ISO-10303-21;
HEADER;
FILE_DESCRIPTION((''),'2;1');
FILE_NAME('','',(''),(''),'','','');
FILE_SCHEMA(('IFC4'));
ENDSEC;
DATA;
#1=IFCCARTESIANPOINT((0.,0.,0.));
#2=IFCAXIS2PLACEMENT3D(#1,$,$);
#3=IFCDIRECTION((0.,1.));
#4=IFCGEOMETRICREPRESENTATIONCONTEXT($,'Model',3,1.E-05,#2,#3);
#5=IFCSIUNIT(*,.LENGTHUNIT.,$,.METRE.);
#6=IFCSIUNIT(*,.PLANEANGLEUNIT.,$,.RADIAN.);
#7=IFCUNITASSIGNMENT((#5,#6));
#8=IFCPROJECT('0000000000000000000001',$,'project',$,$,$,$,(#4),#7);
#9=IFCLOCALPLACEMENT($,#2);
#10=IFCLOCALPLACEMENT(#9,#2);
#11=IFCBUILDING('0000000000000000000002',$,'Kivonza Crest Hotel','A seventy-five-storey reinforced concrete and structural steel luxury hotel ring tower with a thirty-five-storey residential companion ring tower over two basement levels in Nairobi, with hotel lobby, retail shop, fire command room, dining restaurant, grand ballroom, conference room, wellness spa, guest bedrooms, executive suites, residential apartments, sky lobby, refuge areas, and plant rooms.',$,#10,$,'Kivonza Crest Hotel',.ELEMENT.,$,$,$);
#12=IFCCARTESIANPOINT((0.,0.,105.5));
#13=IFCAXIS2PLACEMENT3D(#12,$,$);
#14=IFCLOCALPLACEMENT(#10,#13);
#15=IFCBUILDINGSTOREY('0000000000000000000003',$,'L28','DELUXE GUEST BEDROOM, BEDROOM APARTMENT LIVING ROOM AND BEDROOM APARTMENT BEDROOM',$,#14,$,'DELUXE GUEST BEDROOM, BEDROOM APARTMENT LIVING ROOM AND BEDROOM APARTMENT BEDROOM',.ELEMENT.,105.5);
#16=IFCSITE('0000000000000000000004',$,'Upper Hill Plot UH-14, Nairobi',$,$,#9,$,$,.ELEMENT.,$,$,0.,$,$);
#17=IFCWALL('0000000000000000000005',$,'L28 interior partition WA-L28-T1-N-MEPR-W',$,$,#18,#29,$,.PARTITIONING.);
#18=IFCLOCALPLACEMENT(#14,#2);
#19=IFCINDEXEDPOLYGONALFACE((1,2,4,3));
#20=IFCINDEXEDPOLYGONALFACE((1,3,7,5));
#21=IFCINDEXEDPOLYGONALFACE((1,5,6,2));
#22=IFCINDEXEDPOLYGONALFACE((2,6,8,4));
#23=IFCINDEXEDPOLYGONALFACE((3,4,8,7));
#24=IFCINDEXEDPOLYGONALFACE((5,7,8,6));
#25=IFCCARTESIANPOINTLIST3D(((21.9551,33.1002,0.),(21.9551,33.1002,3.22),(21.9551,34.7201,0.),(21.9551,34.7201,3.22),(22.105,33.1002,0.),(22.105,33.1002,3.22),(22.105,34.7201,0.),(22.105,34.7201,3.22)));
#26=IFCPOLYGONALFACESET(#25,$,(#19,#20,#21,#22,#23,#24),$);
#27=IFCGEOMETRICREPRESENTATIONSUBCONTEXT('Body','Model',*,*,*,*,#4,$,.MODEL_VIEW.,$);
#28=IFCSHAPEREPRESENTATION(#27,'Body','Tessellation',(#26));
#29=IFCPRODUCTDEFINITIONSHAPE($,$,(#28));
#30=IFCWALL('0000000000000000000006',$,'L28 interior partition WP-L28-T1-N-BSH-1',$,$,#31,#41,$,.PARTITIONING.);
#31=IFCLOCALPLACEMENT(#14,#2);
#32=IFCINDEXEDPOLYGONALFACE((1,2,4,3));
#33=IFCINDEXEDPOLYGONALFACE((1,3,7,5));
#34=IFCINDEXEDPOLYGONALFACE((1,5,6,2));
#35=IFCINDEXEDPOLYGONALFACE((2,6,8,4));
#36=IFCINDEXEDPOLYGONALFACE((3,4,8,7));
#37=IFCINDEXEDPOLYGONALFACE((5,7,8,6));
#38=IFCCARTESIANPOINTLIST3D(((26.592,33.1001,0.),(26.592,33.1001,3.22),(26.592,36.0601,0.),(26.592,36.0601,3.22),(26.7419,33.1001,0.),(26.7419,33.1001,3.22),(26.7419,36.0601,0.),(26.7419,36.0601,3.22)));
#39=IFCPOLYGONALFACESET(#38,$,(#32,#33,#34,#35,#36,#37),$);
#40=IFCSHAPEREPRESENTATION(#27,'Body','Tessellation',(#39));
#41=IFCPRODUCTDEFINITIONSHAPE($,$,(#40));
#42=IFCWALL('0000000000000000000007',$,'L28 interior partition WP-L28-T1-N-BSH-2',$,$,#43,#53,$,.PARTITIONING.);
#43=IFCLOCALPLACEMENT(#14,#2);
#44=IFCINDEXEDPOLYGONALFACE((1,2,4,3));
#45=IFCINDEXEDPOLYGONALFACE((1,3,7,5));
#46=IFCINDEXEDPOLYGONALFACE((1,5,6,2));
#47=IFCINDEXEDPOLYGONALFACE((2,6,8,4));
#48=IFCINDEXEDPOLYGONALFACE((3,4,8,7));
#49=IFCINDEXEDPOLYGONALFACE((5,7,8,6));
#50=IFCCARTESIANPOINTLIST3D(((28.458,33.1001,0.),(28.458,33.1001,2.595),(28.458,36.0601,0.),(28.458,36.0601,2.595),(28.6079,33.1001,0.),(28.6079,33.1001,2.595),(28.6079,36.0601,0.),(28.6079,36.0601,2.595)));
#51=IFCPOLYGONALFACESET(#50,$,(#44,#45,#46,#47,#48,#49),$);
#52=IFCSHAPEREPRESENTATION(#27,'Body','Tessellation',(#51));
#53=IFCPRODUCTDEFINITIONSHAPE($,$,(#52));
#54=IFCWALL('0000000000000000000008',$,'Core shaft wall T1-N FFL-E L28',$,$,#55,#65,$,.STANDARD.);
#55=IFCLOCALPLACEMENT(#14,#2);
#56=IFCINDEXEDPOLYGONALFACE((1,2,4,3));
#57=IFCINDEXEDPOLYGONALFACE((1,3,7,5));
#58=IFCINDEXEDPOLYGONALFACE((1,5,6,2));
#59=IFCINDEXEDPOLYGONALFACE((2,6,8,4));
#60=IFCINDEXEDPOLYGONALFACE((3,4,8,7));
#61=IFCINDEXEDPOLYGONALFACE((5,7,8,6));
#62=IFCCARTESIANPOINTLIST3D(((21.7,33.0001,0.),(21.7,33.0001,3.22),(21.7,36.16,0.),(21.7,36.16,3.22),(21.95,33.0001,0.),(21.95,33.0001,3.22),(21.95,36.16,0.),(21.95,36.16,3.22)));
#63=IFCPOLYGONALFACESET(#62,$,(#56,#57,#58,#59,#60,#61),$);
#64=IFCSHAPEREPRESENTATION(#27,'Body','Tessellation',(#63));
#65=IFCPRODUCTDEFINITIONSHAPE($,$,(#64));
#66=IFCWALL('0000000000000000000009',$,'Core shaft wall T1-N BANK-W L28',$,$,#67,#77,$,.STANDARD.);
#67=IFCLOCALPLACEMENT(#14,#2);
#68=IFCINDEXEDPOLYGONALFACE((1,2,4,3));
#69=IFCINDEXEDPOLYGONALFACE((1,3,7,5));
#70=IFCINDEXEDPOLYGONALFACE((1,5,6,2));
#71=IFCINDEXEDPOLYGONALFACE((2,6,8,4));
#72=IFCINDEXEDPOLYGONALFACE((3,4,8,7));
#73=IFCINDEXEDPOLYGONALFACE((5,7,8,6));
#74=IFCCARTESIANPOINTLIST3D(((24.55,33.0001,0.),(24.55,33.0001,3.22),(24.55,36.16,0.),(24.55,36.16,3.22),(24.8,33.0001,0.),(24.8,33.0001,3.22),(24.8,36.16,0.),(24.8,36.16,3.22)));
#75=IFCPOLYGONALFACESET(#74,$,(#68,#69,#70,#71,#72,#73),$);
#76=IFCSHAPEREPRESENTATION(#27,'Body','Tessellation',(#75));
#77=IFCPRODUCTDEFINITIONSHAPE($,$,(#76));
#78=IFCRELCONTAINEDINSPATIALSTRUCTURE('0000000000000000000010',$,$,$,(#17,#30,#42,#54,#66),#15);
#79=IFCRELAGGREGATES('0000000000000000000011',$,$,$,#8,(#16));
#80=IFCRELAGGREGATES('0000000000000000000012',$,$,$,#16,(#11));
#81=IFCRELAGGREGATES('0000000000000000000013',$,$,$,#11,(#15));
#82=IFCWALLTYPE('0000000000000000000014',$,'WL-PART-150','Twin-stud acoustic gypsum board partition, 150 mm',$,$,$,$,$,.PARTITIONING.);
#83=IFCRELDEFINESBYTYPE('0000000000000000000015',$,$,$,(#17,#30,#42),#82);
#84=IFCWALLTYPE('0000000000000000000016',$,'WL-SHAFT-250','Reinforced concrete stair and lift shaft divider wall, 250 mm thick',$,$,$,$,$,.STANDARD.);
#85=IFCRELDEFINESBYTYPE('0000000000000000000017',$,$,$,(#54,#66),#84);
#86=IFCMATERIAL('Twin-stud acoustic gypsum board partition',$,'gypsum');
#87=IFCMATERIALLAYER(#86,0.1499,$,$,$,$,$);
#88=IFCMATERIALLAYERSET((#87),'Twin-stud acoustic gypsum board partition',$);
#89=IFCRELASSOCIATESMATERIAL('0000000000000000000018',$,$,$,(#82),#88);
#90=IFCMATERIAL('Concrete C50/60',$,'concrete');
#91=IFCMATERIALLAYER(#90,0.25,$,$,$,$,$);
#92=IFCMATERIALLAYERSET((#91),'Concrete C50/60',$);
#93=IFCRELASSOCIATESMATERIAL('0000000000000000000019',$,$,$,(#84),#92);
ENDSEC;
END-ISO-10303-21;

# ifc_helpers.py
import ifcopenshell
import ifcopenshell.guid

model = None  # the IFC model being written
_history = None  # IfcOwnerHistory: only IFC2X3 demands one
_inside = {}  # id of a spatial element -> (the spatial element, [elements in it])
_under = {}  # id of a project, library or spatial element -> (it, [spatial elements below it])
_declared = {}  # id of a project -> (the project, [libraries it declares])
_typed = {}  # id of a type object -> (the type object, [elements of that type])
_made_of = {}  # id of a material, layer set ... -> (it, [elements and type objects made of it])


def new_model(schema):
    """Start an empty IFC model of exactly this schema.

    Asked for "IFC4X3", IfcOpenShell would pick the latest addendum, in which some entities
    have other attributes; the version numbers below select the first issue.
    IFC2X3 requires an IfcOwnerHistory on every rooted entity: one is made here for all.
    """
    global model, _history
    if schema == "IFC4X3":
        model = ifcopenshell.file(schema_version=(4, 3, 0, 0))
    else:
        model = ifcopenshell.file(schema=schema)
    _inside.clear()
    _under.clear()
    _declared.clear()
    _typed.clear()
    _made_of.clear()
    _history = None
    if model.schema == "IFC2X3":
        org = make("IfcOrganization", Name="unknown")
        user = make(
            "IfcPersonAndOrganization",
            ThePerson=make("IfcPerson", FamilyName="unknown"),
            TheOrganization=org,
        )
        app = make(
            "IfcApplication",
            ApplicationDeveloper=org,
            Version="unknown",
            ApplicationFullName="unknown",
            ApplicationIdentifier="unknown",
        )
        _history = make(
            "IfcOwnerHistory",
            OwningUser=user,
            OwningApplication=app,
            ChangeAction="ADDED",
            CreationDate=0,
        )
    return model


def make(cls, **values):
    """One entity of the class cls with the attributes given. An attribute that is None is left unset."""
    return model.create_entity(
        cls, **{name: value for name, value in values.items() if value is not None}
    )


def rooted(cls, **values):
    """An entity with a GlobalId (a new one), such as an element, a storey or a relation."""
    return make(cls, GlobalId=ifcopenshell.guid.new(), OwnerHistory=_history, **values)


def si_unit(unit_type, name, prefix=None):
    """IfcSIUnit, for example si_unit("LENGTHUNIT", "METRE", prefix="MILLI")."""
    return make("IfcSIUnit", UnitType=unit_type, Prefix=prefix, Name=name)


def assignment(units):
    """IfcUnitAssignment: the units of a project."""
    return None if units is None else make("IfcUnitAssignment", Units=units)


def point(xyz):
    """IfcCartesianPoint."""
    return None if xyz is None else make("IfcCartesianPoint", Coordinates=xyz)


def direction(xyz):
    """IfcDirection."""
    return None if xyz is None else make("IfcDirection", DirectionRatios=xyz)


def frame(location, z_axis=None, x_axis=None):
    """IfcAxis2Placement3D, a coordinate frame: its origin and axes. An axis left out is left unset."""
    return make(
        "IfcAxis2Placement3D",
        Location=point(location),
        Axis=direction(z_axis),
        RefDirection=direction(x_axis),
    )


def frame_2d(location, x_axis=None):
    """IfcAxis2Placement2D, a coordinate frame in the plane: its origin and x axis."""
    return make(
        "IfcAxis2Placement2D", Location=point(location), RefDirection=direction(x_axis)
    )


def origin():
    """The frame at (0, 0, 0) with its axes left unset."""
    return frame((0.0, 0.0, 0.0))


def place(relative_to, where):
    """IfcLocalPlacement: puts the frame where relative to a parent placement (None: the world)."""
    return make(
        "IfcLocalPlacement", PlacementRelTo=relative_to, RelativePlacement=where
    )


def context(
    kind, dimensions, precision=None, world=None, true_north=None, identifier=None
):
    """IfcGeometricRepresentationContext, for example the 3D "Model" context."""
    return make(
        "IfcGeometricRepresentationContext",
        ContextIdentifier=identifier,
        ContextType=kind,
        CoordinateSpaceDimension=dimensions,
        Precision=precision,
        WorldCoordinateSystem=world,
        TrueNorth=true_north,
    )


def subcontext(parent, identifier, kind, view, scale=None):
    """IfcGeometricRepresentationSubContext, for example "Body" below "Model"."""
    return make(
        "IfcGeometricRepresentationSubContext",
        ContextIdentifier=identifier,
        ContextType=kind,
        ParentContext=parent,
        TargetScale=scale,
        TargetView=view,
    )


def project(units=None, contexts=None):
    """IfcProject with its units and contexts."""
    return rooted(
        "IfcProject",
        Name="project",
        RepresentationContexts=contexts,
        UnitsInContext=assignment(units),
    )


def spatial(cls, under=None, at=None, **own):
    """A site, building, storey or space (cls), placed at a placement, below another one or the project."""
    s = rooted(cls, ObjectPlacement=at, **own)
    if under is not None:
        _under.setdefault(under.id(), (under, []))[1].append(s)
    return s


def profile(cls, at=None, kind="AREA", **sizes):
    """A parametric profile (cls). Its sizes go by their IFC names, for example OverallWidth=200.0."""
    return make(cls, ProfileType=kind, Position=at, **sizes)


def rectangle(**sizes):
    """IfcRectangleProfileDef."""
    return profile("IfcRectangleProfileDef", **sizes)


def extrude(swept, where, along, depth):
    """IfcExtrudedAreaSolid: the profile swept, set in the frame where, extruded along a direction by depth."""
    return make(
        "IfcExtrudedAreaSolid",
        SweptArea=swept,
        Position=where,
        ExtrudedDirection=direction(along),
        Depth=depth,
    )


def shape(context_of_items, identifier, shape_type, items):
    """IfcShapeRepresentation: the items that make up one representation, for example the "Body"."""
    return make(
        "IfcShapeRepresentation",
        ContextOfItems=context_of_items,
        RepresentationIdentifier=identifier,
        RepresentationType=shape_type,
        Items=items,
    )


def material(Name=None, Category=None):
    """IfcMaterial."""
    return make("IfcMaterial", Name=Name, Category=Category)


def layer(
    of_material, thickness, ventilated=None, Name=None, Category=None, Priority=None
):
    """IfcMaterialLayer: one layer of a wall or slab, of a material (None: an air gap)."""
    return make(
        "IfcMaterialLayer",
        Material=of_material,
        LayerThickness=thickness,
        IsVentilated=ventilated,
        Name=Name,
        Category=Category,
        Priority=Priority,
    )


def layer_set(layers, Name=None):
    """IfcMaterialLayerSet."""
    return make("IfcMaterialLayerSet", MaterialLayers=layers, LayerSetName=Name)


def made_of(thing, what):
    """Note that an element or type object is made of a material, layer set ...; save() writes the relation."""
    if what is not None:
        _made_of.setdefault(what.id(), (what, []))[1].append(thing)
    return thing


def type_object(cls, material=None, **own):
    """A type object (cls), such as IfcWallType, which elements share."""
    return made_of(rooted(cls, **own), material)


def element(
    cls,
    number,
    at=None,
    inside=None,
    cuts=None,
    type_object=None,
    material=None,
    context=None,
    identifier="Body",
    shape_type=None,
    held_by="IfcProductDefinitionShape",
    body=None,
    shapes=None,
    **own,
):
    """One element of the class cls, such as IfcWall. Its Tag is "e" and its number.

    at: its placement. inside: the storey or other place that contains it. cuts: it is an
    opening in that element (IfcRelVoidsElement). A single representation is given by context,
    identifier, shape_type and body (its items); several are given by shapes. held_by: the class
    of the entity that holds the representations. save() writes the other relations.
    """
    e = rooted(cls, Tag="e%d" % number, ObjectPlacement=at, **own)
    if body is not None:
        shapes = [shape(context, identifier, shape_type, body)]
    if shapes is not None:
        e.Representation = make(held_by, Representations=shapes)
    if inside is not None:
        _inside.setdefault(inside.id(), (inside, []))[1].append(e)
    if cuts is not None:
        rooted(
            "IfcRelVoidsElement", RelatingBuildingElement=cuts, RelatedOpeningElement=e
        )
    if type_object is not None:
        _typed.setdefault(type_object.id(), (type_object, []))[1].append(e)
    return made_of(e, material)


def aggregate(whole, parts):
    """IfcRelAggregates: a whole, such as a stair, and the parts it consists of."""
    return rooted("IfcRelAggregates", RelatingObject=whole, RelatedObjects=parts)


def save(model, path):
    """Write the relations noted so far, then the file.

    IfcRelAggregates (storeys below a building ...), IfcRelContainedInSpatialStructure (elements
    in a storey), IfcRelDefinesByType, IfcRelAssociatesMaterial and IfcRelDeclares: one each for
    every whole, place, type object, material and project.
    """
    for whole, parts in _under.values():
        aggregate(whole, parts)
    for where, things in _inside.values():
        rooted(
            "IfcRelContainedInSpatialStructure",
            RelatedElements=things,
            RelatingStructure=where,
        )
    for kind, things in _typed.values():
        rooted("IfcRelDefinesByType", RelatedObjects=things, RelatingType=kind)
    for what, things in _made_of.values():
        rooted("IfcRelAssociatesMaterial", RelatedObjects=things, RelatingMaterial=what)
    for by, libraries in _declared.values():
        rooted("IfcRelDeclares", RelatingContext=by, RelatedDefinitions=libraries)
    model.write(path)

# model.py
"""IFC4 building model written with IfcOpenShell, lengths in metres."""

from ifc_helpers import new_model, si_unit, direction, frame, frame_2d, origin, place, context, subcontext, project, spatial, rectangle, extrude, material, layer, layer_set, type_object, element, save


model = new_model("IFC4")

# Units and contexts
model_context = context("Model", 3, precision=1e-05, world=origin(), true_north=direction((0.0, 1.0)))
body_context = subcontext(model_context, "Body", "Model", "MODEL_VIEW")
ifc_project = project(units=[si_unit("LENGTHUNIT", "METRE"), si_unit("PLANEANGLEUNIT", "RADIAN")], contexts=[model_context])

# Site, building, storey
site_placement = place(None, origin())
site = spatial("IfcSite", under=ifc_project, at=site_placement, Name="Upper Hill Plot UH-14, Nairobi", CompositionType="ELEMENT", RefElevation=0.0)
building_placement = place(site_placement, origin())
building = spatial("IfcBuilding", under=site, at=building_placement, Name="Kivonza Crest Hotel", Description="A seventy-five-storey reinforced concrete and structural steel luxury hotel ring tower with a thirty-five-storey residential companion ring tower over two basement levels in Nairobi, with hotel lobby, retail shop, fire command room, dining restaurant, grand ballroom, conference room, wellness spa, guest bedrooms, executive suites, residential apartments, sky lobby, refuge areas, and plant rooms.", LongName="Kivonza Crest Hotel", CompositionType="ELEMENT")
storey_placement = place(building_placement, frame((0.0, 0.0, 105.5)))
storey = spatial("IfcBuildingStorey", under=building, at=storey_placement, Name="L28", Description="DELUXE GUEST BEDROOM, BEDROOM APARTMENT LIVING ROOM AND BEDROOM APARTMENT BEDROOM", LongName="DELUXE GUEST BEDROOM, BEDROOM APARTMENT LIVING ROOM AND BEDROOM APARTMENT BEDROOM", CompositionType="ELEMENT", Elevation=105.5)

# Walls
ifc_material_1 = material(Name="Twin-stud acoustic gypsum board partition", Category="gypsum")
ifc_layer_1 = layer(ifc_material_1, 0.1499)
ifc_layer_set_1 = layer_set([ifc_layer_1], Name="Twin-stud acoustic gypsum board partition")
wall_type_1 = type_object("IfcWallType", Name="WL-PART-150", Description="Twin-stud acoustic gypsum board partition, 150 mm", PredefinedType="PARTITIONING", material=ifc_layer_set_1)
wall_1_placement = place(storey_placement, frame((22.03, 33.1001, 0.0), z_axis=(0.0, 0.0, 1.0), x_axis=(0.0, 1.0, 0.0)))
element("IfcWall", 1, at=wall_1_placement, inside=storey, type_object=wall_type_1, Name="L28 interior partition WA-L28-T1-N-MEPR-W", PredefinedType="PARTITIONING", context=body_context, shape_type="SweptSolid", body=[
    extrude(rectangle(XDim=1.6199, YDim=0.1499, at=frame_2d((0.8101, 0.0))), origin(), (0.0, 0.0, 1.0), 3.22),
])
wall_2_placement = place(storey_placement, frame((26.667, 33.1001, 0.0), z_axis=(0.0, 0.0, 1.0), x_axis=(0.0, 1.0, 0.0)))
element("IfcWall", 2, at=wall_2_placement, inside=storey, type_object=wall_type_1, Name="L28 interior partition WP-L28-T1-N-BSH-1", PredefinedType="PARTITIONING", context=body_context, shape_type="SweptSolid", body=[
    extrude(rectangle(XDim=2.96, YDim=0.1499, at=frame_2d((1.48, 0.0))), origin(), (0.0, 0.0, 1.0), 3.22),
])
wall_3_placement = place(storey_placement, frame((28.533, 33.1001, 0.0), z_axis=(0.0, 0.0, 1.0), x_axis=(0.0, 1.0, 0.0)))
element("IfcWall", 3, at=wall_3_placement, inside=storey, type_object=wall_type_1, Name="L28 interior partition WP-L28-T1-N-BSH-2", PredefinedType="PARTITIONING", context=body_context, shape_type="SweptSolid", body=[
    extrude(rectangle(XDim=2.96, YDim=0.1499, at=frame_2d((1.48, 0.0))), origin(), (0.0, 0.0, 1.0), 2.595),
])

# Shared definitions
ifc_material_2 = material(Name="Concrete C50/60", Category="concrete")
ifc_layer_2 = layer(ifc_material_2, 0.25)
ifc_layer_set_2 = layer_set([ifc_layer_2], Name="Concrete C50/60")
wall_type_2 = type_object("IfcWallType", Name="WL-SHAFT-250", Description="Reinforced concrete stair and lift shaft divider wall, 250 mm thick", PredefinedType="STANDARD", material=ifc_layer_set_2)

# Walls
for number, where, z_axis, x_axis, name in (
    (4, (21.825, 33.0, 0.0), (0.0, 0.0, 1.0), (0.0, 1.0, 0.0), "Core shaft wall T1-N FFL-E L28"),
    (5, (24.675, 33.0, 0.0), (0.0, 0.0, 1.0), (0.0, 1.0, 0.0), "Core shaft wall T1-N BANK-W L28"),
):
    element("IfcWall", number, at=place(storey_placement, frame(where, z_axis=z_axis, x_axis=x_axis)), inside=storey, type_object=wall_type_2, Name=name, PredefinedType="STANDARD", context=body_context, shape_type="SweptSolid", body=[
        extrude(rectangle(XDim=3.1599, YDim=0.25, at=frame_2d((1.5801, 0.0))), origin(), (0.0, 0.0, 1.0), 3.22),
    ])

save(model, "model.ifc")
